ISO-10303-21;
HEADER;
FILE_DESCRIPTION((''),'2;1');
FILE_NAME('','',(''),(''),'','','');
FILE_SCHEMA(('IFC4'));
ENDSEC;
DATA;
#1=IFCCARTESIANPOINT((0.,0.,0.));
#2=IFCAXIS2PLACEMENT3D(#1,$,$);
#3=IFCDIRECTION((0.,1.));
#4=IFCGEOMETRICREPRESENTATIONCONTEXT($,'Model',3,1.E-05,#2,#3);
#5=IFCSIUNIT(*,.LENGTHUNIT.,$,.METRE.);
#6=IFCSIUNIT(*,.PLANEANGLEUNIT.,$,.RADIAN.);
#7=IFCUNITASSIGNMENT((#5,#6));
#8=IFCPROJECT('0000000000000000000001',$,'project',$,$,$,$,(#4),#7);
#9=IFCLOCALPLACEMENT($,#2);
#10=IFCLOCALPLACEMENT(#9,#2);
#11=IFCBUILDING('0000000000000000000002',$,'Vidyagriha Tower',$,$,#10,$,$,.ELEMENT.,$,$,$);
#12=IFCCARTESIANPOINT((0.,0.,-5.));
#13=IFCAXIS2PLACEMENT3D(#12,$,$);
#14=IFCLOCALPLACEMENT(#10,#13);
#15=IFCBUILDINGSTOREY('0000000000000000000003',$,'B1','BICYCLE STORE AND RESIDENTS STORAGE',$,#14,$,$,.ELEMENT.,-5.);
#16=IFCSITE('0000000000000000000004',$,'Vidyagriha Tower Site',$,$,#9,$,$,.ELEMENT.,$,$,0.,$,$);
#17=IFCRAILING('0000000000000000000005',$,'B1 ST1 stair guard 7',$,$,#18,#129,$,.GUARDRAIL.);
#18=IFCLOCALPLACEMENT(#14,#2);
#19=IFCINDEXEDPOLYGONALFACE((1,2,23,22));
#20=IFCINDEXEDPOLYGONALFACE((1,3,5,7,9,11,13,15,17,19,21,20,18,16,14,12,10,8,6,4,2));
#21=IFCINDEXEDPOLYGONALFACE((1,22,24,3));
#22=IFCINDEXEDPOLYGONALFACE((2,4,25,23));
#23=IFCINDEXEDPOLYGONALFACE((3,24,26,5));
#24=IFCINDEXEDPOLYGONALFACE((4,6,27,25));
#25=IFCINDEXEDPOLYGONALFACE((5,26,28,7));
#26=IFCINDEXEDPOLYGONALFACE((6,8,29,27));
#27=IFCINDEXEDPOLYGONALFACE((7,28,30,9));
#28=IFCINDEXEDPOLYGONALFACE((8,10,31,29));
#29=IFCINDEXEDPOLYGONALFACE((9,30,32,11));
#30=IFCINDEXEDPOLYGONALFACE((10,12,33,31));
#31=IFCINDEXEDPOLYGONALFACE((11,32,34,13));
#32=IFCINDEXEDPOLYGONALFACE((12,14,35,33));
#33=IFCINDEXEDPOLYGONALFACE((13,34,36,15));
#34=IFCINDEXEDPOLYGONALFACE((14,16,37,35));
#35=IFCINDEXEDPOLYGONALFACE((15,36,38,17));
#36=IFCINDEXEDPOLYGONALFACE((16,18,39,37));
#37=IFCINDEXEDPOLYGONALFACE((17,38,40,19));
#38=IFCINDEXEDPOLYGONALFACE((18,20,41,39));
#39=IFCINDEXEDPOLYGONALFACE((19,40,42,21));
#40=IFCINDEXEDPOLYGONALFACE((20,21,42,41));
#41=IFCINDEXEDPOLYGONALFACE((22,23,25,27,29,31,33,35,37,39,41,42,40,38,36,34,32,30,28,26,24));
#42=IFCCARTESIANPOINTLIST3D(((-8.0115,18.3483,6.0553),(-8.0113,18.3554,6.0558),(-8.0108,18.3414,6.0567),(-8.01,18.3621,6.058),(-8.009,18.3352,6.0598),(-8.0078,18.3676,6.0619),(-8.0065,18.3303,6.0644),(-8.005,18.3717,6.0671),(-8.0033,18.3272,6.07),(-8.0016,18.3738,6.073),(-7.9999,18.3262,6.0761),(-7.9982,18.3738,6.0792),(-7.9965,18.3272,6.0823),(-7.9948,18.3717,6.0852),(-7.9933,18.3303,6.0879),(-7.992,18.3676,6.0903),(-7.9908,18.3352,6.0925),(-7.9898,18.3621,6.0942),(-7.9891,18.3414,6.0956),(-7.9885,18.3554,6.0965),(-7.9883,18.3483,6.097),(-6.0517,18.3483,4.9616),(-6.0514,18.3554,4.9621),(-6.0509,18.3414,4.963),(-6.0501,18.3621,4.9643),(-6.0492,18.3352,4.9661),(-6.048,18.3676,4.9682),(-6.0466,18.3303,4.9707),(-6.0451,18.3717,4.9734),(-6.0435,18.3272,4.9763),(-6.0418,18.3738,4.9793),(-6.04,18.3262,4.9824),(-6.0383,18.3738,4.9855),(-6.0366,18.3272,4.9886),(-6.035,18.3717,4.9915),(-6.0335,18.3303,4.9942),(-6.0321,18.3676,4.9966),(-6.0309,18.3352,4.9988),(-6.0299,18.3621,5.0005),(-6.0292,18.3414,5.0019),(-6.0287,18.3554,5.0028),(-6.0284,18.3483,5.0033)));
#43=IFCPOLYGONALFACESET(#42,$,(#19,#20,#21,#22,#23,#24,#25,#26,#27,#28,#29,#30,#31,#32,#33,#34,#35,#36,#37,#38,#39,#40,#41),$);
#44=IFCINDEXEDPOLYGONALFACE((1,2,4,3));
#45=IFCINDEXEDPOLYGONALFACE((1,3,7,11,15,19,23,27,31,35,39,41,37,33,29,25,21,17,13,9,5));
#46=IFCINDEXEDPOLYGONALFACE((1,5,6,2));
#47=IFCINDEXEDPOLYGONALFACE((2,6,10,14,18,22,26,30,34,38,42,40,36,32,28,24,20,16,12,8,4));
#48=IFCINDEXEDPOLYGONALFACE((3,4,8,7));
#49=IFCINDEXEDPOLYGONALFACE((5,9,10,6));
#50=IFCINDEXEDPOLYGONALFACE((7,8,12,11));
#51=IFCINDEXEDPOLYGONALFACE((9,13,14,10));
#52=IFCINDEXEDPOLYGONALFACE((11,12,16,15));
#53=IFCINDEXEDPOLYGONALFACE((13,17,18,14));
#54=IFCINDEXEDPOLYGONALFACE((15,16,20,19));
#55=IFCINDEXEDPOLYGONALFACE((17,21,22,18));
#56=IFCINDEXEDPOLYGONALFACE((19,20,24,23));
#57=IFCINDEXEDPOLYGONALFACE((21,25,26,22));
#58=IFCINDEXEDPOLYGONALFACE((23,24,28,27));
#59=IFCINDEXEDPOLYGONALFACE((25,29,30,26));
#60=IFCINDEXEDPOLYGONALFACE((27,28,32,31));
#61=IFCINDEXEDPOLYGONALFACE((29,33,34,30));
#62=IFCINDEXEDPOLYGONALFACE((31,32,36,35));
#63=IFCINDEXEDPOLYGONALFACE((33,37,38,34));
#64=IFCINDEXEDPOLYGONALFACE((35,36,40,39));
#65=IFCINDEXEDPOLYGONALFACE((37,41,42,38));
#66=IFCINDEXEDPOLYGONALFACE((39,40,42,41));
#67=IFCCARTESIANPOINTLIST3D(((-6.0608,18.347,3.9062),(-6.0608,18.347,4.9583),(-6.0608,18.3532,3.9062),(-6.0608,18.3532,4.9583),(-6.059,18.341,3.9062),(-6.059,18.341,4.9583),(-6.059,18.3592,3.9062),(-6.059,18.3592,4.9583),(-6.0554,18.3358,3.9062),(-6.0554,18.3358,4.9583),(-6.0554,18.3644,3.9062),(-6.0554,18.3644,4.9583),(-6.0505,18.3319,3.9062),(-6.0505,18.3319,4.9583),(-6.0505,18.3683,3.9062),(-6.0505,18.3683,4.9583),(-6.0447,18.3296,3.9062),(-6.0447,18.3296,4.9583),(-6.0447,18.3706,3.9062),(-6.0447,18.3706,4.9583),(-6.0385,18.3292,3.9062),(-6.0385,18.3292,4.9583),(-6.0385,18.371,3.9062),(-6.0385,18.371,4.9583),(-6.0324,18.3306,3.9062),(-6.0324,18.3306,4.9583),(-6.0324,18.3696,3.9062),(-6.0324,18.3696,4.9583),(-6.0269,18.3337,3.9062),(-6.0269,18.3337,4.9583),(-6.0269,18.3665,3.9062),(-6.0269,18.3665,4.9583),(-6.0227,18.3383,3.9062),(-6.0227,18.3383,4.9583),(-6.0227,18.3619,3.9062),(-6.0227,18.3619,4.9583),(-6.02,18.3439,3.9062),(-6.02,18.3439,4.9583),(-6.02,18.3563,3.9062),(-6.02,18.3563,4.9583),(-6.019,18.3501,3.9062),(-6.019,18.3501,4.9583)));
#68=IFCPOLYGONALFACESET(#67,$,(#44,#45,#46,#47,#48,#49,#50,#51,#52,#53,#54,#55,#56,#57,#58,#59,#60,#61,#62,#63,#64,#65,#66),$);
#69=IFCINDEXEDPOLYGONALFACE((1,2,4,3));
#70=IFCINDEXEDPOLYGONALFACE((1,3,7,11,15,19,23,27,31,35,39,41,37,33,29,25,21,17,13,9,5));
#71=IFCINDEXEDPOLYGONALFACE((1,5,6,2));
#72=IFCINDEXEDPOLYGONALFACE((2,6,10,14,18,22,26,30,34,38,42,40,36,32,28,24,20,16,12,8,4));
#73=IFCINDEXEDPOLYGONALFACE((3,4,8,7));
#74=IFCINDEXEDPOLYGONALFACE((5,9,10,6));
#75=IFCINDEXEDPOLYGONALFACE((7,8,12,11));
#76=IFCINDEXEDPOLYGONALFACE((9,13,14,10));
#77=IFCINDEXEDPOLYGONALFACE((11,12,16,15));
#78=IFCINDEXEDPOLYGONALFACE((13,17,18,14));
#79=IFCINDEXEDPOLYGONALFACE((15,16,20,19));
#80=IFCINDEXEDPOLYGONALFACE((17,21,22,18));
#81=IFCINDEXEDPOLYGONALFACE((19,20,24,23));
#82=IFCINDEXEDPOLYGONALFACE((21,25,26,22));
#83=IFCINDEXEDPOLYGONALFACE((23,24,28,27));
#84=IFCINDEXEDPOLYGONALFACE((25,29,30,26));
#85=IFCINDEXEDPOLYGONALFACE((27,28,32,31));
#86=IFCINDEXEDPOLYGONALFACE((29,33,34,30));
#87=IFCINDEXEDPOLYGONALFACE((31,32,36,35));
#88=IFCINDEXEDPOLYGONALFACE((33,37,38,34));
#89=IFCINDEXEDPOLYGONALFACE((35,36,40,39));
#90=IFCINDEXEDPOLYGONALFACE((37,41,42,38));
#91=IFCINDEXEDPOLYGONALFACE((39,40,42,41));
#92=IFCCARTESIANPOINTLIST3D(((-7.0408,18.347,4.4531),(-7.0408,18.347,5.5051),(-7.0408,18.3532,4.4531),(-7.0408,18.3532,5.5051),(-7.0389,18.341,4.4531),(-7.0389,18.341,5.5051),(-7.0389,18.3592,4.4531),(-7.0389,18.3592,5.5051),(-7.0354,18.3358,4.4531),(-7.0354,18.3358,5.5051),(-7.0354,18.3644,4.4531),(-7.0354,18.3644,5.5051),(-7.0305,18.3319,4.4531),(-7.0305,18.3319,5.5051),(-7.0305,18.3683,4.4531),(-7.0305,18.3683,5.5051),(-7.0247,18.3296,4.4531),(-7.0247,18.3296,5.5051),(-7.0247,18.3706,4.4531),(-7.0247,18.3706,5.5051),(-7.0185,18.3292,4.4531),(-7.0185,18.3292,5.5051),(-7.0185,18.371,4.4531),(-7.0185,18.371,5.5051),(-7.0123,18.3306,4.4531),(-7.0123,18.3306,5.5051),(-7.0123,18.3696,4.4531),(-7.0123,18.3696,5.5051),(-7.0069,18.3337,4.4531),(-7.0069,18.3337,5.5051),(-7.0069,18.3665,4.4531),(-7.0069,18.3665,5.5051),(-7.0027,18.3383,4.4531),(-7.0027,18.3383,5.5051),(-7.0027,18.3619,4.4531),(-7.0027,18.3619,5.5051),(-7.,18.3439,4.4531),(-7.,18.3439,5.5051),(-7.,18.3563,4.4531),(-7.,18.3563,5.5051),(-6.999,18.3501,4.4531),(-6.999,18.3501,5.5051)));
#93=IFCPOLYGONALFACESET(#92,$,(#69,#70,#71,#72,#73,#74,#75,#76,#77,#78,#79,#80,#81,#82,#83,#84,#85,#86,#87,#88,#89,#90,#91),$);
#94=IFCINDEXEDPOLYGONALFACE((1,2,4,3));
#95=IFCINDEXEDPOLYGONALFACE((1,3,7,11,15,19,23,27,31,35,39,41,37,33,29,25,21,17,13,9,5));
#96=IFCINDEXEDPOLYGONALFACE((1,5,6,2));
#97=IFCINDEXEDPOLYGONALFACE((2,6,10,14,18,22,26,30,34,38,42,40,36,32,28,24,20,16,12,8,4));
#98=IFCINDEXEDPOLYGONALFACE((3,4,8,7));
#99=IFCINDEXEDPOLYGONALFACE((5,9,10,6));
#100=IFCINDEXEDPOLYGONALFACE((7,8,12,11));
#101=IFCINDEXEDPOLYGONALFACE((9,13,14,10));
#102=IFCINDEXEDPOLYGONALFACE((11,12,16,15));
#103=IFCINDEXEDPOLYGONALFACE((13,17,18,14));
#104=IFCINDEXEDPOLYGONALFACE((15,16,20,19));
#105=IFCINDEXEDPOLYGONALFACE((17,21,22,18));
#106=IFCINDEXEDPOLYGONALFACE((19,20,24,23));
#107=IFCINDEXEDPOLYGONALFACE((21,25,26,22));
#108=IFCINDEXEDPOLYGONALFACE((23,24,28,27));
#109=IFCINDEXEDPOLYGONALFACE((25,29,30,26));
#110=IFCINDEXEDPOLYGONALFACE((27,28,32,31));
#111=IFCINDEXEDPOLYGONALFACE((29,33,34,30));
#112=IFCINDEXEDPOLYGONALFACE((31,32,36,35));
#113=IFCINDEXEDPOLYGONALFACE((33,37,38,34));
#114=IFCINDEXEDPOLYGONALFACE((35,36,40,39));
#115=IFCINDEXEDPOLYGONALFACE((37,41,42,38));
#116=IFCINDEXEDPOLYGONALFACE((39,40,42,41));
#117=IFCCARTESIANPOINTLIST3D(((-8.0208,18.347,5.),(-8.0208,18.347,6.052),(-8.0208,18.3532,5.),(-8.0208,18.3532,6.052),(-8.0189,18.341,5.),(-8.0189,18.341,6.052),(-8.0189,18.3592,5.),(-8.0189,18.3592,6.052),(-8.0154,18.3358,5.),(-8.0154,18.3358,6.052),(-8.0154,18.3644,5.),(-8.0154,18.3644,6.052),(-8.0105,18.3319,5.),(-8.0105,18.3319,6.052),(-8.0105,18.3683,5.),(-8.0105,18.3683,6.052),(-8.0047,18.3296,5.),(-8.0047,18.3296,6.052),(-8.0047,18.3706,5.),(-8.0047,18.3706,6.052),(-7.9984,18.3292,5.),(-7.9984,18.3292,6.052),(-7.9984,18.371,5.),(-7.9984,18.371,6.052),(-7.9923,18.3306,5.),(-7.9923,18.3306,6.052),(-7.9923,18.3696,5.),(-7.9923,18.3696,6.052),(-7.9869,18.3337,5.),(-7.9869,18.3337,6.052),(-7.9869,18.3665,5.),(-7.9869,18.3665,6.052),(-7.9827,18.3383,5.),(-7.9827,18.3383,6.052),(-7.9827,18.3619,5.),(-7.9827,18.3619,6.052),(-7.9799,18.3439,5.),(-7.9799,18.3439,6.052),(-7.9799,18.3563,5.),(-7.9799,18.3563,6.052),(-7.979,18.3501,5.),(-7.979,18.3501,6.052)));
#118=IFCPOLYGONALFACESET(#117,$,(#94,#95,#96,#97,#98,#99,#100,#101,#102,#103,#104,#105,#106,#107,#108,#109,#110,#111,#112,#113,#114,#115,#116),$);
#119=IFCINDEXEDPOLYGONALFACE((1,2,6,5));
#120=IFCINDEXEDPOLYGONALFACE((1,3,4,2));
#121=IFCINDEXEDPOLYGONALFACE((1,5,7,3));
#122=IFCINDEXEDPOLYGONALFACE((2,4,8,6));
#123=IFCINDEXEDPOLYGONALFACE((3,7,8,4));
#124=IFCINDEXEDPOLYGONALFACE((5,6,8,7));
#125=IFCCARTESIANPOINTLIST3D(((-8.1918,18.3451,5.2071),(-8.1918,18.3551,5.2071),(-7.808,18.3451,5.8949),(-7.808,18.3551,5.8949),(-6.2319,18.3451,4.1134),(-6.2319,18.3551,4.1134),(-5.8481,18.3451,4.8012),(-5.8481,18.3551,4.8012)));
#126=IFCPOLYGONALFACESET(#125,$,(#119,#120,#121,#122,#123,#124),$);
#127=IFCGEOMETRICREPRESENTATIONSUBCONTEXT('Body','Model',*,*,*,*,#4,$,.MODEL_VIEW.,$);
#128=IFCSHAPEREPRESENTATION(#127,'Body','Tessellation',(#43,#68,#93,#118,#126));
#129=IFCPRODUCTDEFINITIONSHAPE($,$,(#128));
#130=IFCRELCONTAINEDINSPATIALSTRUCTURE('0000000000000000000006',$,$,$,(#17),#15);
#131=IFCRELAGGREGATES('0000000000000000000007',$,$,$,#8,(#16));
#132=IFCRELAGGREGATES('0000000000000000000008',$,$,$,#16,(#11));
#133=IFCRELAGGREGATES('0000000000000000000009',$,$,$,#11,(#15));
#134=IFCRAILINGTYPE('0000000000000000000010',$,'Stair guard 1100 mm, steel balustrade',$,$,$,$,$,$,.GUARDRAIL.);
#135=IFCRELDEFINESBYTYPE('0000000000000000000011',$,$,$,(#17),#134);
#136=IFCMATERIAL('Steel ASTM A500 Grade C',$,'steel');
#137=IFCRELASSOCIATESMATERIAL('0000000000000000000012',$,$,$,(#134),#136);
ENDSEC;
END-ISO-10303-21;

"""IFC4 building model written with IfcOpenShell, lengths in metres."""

from ifc_helpers import new_model, si_unit, direction, frame, origin, origin_2d, place, context, subcontext, project, spatial, rectangle, circle, extrude, material, type_object, element, save


model = new_model("IFC4")

# Units and contexts
model_context = context("Model", 3, precision=1e-05, world=origin(), true_north=direction((0.0, 1.0)))
body_context = subcontext(model_context, "Body", "Model", "MODEL_VIEW")
ifc_project = project(units=[si_unit("LENGTHUNIT", "METRE"), si_unit("PLANEANGLEUNIT", "RADIAN")], contexts=[model_context])

# Site, building, storey
site_placement = place(None, origin())
site = spatial("IfcSite", under=ifc_project, at=site_placement, Name="Vidyagriha Tower Site", CompositionType="ELEMENT", RefElevation=0.0)
building_placement = place(site_placement, origin())
building = spatial("IfcBuilding", under=site, at=building_placement, Name="Vidyagriha Tower", CompositionType="ELEMENT")
storey_placement = place(building_placement, frame((0.0, 0.0, -5.0)))
storey = spatial("IfcBuildingStorey", under=building, at=storey_placement, Name="B1", Description="BICYCLE STORE AND RESIDENTS STORAGE", CompositionType="ELEMENT", Elevation=-5.0)

# Railing
ifc_material_1 = material(Name="Steel ASTM A500 Grade C", Category="steel")
railing_type_1 = type_object("IfcRailingType", Name="Stair guard 1100 mm, steel balustrade", PredefinedType="GUARDRAIL", material=ifc_material_1)
railing_1_placement = place(storey_placement, frame((-6.04, 18.3501, 3.9062)))
element("IfcRailing", 1, at=railing_1_placement, inside=storey, type_object=railing_type_1, Name="B1 ST1 stair guard 7", PredefinedType="GUARDRAIL", context=body_context, shape_type="SweptSolid", body=[
    extrude(circle(Radius=0.0239, at=origin_2d()), frame((0.0, 0.0, 1.0762), z_axis=(-0.873232, 0.0, 0.487304), x_axis=(0.0, -1.0, 0.0)), (0.0, 0.0, 1.0), 2.2444),
    extrude(circle(Radius=0.021, at=origin_2d()), origin(), (0.0, 0.0, 1.0), 1.052),
    extrude(circle(Radius=0.021, at=origin_2d()), frame((-0.98, 0.0, 0.5469)), (0.0, 0.0, 1.0), 1.052),
    extrude(circle(Radius=0.021, at=origin_2d()), frame((-1.96, 0.0, 1.0938)), (0.0, 0.0, 1.0), 1.052),
    extrude(rectangle(XDim=0.01, YDim=0.7876, at=origin_2d()), frame((0.0, 0.0, 0.551), z_axis=(-0.873232, 0.0, 0.487304), x_axis=(0.0, -1.0, 0.0)), (0.0, 0.0, 1.0), 2.2444),
])

save(model, "model.ifc")
